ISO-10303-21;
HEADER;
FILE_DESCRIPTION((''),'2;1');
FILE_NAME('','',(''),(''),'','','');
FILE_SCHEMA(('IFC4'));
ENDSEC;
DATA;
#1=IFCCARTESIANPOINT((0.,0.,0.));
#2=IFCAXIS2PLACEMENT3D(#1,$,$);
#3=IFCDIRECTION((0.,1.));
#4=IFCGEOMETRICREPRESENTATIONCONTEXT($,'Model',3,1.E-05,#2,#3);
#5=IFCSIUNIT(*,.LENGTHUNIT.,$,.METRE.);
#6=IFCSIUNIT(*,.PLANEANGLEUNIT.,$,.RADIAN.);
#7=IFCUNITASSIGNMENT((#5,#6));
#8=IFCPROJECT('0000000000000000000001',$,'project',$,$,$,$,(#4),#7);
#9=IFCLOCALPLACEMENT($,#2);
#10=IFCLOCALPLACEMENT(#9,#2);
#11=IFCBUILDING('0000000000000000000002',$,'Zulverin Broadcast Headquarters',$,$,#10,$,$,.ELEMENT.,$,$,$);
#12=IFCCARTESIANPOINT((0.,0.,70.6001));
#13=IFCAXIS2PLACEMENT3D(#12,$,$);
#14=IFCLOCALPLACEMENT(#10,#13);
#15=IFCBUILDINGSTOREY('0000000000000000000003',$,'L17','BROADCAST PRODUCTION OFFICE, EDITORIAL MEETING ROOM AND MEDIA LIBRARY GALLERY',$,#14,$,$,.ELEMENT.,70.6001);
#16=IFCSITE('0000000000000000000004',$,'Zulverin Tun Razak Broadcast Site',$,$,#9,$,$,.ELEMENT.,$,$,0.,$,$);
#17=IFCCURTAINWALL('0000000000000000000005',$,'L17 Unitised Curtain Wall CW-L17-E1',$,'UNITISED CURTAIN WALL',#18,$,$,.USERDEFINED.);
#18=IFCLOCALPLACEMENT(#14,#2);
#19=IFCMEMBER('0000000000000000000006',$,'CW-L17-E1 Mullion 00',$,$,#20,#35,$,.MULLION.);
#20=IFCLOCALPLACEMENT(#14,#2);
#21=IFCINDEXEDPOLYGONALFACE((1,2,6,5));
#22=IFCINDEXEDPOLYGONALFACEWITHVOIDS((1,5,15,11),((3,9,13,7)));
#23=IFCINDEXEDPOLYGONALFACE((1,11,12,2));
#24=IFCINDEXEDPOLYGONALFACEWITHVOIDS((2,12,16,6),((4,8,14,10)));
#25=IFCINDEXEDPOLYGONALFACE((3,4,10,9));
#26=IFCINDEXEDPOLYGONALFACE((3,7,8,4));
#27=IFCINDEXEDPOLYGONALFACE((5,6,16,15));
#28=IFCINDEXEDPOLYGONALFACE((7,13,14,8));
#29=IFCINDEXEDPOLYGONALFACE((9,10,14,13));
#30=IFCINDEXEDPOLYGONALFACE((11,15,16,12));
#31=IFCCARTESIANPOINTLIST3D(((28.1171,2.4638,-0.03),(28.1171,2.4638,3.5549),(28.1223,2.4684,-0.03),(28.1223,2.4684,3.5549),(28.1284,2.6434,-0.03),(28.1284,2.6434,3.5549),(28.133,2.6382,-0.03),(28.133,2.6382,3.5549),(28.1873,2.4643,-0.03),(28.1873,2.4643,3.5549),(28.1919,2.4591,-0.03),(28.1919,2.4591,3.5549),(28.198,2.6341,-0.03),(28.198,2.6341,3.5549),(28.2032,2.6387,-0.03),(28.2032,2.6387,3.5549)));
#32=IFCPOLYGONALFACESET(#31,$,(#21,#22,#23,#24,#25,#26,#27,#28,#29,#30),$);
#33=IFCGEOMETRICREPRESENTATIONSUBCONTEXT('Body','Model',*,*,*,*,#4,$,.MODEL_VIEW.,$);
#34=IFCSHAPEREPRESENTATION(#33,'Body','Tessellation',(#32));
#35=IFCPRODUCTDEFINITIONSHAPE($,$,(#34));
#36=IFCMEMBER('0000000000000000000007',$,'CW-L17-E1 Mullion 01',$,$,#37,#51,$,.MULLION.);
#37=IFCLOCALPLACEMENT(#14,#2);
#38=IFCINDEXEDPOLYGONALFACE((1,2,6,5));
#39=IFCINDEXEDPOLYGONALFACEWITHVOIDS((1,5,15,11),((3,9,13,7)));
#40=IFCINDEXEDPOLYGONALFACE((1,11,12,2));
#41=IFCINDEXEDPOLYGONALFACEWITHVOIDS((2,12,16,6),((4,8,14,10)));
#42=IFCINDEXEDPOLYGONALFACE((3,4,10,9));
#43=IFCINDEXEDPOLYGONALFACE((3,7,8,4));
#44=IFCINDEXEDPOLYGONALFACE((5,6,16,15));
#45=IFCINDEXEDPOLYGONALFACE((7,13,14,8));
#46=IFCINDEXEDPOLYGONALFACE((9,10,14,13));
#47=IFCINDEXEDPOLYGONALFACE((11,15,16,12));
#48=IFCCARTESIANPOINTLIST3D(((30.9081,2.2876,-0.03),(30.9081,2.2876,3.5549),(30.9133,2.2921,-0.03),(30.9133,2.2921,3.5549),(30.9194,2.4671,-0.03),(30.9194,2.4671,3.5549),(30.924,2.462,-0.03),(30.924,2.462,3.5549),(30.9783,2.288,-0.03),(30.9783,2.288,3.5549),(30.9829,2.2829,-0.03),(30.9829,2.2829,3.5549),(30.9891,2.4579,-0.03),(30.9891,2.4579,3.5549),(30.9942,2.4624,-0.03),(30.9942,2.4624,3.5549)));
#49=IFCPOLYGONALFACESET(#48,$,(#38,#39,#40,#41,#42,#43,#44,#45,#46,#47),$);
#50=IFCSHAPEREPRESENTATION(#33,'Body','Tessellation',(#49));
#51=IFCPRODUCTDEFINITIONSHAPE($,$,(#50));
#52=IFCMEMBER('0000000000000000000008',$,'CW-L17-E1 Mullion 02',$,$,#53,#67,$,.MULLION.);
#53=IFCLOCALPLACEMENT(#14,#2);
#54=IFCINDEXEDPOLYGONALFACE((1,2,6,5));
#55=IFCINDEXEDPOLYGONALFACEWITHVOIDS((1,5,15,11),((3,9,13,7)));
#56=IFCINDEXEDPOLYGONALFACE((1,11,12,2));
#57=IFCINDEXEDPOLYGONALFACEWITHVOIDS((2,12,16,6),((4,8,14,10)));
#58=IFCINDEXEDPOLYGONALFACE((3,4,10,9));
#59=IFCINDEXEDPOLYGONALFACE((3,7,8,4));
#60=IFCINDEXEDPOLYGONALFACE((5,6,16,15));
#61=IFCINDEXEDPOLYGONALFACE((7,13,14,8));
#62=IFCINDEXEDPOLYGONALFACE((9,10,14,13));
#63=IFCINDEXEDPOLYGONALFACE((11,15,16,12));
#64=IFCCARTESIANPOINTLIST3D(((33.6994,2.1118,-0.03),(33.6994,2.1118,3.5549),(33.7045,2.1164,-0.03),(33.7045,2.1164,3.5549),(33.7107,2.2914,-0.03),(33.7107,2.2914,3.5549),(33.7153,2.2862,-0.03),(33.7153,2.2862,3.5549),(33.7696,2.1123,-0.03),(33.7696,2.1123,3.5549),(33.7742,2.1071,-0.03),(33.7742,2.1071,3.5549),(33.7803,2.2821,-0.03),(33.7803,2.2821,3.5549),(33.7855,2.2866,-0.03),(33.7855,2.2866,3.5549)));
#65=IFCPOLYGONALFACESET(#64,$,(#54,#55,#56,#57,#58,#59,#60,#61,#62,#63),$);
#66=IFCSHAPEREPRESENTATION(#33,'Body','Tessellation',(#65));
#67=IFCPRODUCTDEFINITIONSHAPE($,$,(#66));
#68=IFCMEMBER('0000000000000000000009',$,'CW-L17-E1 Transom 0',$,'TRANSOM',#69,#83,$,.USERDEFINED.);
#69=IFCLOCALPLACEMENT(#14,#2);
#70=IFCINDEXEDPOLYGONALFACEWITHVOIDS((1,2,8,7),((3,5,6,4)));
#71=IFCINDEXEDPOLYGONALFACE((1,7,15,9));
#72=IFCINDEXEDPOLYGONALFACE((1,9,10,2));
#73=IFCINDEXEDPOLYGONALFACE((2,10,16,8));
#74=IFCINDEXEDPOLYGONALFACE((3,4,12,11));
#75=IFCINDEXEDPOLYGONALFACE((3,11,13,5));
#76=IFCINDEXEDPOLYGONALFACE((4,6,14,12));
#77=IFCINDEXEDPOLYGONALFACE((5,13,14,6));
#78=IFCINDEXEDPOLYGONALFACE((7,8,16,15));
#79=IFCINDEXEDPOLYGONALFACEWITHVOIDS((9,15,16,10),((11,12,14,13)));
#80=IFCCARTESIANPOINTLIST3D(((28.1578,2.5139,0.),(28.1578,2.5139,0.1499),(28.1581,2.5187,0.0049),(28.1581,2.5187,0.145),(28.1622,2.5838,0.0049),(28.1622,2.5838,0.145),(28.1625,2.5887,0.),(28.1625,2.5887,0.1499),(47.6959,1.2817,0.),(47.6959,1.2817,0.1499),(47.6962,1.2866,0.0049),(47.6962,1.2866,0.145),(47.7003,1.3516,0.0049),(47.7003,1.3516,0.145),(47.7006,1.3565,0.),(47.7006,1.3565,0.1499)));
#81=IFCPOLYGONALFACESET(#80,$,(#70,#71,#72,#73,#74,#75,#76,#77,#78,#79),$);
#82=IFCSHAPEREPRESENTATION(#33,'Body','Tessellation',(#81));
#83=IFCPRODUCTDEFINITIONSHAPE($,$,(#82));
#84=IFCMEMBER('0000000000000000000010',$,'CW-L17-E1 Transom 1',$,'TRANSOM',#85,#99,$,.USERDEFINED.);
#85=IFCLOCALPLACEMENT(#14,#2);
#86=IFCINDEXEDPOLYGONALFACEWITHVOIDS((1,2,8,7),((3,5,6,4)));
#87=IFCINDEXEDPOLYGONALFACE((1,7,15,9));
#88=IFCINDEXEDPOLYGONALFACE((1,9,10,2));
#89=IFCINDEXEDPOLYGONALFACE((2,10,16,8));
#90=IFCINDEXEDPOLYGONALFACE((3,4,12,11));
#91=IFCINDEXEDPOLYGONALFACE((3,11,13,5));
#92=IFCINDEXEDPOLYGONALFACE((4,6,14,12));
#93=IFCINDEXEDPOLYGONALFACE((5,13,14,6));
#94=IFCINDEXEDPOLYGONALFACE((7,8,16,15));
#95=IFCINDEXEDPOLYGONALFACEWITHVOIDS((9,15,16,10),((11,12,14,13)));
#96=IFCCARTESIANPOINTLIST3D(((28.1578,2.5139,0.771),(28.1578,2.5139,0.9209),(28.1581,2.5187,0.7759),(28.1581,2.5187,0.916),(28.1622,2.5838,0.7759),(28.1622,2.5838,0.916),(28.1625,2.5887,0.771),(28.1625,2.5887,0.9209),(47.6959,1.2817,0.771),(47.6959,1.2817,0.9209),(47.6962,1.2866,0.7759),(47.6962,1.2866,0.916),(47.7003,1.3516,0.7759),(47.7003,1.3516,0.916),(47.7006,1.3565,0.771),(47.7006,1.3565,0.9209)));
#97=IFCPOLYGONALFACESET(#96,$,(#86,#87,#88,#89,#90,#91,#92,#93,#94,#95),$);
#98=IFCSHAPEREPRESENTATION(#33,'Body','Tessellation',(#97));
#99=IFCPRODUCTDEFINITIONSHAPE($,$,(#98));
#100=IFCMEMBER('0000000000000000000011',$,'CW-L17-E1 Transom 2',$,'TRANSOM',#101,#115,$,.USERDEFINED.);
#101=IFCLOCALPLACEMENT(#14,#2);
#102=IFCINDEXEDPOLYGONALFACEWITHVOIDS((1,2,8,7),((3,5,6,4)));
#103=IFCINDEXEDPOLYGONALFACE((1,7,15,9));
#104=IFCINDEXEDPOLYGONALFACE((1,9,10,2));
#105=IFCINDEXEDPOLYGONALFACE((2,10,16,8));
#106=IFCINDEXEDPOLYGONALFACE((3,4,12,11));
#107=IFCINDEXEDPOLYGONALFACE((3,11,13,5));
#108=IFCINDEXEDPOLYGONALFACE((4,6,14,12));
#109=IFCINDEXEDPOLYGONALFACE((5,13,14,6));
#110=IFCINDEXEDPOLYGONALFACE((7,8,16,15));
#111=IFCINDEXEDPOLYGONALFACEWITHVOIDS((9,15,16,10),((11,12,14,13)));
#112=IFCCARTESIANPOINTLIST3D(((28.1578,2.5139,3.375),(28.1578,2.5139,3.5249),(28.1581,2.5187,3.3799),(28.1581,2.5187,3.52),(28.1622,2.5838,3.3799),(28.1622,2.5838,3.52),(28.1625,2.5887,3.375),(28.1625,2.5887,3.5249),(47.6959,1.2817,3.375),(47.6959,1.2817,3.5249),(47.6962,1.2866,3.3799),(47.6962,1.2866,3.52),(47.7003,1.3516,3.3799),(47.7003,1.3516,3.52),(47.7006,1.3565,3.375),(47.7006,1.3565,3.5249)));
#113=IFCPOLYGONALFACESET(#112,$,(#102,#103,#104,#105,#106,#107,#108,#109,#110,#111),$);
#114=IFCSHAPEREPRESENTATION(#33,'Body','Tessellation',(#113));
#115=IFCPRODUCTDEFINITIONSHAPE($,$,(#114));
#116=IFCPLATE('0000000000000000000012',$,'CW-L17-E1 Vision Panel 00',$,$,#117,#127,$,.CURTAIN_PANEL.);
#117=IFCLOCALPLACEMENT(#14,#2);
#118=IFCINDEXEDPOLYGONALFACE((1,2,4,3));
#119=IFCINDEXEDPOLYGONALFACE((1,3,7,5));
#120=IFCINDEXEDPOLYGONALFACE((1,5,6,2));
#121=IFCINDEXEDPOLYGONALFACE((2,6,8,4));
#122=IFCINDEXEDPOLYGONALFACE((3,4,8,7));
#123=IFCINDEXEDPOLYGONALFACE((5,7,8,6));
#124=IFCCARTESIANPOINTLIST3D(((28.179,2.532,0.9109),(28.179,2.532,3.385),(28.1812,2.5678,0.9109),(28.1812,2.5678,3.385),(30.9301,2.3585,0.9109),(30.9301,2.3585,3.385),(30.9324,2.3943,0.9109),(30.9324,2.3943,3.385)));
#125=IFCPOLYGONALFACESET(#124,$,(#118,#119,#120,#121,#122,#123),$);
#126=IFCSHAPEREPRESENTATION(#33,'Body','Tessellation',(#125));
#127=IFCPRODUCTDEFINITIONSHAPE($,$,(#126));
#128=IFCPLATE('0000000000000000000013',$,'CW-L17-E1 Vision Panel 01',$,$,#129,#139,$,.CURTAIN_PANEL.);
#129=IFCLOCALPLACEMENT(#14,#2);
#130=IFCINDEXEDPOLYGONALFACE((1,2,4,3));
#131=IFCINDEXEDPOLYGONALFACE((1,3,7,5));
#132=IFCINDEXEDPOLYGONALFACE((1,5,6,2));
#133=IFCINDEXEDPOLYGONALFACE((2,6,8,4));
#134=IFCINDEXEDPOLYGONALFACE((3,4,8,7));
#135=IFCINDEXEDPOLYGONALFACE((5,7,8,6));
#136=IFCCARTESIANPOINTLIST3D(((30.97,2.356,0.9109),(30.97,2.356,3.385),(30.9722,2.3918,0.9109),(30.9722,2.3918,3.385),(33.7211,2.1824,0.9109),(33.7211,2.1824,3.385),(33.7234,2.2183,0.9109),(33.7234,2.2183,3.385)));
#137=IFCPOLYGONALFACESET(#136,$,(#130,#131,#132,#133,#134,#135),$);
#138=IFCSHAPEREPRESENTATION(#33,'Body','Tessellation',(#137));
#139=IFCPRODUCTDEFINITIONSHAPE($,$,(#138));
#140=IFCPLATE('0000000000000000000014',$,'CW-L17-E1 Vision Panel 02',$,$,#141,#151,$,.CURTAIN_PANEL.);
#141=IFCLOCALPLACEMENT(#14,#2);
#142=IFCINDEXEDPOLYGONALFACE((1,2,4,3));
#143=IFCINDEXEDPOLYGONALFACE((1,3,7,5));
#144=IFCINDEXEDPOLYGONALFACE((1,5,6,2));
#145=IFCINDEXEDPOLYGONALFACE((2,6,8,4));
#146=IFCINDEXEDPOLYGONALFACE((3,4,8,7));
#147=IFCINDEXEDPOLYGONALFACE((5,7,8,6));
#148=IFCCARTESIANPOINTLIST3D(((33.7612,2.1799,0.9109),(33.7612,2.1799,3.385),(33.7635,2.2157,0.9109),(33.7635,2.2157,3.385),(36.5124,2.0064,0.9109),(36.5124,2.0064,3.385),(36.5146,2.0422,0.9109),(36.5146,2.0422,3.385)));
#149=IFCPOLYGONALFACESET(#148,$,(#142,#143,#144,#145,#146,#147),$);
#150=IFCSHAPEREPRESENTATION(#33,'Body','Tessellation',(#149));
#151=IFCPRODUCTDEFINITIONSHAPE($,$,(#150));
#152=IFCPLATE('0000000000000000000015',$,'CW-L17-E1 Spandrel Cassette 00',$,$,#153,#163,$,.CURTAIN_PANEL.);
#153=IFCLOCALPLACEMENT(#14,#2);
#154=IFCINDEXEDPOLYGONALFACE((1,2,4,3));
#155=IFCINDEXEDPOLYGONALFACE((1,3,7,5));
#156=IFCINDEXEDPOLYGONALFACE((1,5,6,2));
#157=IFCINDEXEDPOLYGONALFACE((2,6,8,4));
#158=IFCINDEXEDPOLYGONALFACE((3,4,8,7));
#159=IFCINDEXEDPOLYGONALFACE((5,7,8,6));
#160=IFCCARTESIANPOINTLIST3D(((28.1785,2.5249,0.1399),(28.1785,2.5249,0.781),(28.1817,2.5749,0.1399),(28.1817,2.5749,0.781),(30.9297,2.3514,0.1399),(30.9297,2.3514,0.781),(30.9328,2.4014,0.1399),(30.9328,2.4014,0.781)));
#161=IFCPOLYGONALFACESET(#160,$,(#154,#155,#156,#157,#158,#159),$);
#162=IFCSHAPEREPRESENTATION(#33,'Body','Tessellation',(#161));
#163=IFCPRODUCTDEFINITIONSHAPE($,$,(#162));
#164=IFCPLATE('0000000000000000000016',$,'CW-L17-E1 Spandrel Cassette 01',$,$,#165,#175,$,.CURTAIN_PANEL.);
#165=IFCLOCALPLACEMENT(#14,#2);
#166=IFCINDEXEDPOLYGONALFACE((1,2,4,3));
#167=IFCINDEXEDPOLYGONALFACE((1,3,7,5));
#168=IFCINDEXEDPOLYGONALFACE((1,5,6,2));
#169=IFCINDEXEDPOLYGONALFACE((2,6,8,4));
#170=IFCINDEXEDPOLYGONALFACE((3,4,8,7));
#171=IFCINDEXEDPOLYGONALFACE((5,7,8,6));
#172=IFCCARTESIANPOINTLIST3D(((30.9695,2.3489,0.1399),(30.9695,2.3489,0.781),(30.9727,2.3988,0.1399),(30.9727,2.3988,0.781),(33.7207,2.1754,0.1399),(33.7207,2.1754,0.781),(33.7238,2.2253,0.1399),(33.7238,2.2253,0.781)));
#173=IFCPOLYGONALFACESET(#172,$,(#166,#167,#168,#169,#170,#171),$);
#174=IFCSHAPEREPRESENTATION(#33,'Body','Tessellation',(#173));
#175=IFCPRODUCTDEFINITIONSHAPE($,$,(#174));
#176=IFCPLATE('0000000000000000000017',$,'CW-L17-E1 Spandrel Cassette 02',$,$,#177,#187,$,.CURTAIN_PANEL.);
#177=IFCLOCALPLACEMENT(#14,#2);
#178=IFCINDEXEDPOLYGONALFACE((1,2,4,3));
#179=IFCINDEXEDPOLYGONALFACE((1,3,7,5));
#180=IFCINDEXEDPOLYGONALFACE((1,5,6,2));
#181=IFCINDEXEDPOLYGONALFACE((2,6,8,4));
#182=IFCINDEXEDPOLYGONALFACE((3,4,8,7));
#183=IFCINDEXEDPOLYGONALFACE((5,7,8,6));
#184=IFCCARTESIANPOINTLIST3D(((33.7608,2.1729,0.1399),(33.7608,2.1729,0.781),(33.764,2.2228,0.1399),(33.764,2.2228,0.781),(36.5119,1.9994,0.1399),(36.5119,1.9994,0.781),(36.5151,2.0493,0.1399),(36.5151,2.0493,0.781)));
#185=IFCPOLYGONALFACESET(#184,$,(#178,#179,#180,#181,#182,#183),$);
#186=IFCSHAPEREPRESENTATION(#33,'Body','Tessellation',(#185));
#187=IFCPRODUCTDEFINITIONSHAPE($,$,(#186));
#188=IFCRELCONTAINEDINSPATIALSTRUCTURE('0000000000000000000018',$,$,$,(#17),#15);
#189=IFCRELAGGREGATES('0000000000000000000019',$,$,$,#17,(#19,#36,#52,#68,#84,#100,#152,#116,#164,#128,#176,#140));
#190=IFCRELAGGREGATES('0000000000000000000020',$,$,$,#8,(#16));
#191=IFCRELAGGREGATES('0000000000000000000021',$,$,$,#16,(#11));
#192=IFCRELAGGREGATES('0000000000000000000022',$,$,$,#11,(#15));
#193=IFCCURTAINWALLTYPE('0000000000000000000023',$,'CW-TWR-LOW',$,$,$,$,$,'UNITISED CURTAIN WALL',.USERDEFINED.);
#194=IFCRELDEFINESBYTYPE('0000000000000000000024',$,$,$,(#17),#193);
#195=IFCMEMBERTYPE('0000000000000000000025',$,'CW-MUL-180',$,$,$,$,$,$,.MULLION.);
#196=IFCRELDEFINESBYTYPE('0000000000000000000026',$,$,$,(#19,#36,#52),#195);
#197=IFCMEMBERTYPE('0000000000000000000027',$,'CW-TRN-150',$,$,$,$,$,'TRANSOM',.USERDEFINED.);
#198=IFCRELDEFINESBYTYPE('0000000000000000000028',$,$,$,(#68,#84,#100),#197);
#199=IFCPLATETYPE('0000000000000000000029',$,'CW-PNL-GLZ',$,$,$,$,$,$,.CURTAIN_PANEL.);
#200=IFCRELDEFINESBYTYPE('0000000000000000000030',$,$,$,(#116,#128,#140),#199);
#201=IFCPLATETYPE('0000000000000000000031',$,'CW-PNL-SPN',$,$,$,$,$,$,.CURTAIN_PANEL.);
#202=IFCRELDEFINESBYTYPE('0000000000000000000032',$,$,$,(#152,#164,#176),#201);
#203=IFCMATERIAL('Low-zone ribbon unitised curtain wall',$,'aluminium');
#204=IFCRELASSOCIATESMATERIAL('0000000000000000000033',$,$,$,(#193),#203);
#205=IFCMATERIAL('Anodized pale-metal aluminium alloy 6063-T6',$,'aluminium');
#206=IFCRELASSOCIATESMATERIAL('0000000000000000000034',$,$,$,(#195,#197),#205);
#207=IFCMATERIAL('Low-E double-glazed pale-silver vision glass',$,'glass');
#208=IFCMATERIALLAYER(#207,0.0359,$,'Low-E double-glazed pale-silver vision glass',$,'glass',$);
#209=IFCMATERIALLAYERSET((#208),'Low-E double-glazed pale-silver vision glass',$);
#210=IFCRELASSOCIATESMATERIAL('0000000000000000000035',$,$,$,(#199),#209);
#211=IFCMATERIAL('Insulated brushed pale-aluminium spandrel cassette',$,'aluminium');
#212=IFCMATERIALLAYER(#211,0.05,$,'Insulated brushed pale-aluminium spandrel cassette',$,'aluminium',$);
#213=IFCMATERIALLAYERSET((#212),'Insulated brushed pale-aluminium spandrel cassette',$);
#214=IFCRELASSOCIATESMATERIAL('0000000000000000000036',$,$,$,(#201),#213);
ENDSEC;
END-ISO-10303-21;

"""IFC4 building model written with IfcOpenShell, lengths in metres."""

from ifc_helpers import new_model, si_unit, direction, frame, origin, origin_2d, place, context, subcontext, project, spatial, rectangle, hollow_rectangle, extrude, material, layer, layer_set, material_profile, profile_set, type_object, element, aggregate, save


model = new_model("IFC4")

# Units and contexts
model_context = context("Model", 3, precision=1e-05, world=origin(), true_north=direction((0.0, 1.0)))
body_context = subcontext(model_context, "Body", "Model", "MODEL_VIEW")
ifc_project = project(units=[si_unit("LENGTHUNIT", "METRE"), si_unit("PLANEANGLEUNIT", "RADIAN")], contexts=[model_context])

# Site, building, storey
site_placement = place(None, origin())
site = spatial("IfcSite", under=ifc_project, at=site_placement, Name="Zulverin Tun Razak Broadcast Site", CompositionType="ELEMENT", RefElevation=0.0)
building_placement = place(site_placement, origin())
building = spatial("IfcBuilding", under=site, at=building_placement, Name="Zulverin Broadcast Headquarters", CompositionType="ELEMENT")
storey_placement = place(building_placement, frame((0.0, 0.0, 70.6001)))
storey = spatial("IfcBuildingStorey", under=building, at=storey_placement, Name="L17", Description="BROADCAST PRODUCTION OFFICE, EDITORIAL MEETING ROOM AND MEDIA LIBRARY GALLERY", CompositionType="ELEMENT", Elevation=70.6001)

# Curtain wall, members, plates
ifc_material_1 = material(Name="Low-zone ribbon unitised curtain wall", Category="aluminium")
curtain_wall_type = type_object("IfcCurtainWallType", Name="CW-TWR-LOW", ElementType="UNITISED CURTAIN WALL", PredefinedType="USERDEFINED", material=ifc_material_1)
curtain_wall_placement = place(storey_placement, origin())
curtain_wall = element("IfcCurtainWall", 1, at=curtain_wall_placement, inside=storey, type_object=curtain_wall_type, Name="L17 Unitised Curtain Wall CW-L17-E1", ObjectType="UNITISED CURTAIN WALL", PredefinedType="USERDEFINED")
ifc_material_2 = material(Name="Anodized pale-metal aluminium alloy 6063-T6", Category="aluminium")
ifc_material_profile_1 = material_profile(ifc_material_2, hollow_rectangle(XDim=0.075, YDim=0.1799, WallThickness=0.0049, at=origin_2d()), Name="Anodized pale-metal aluminium alloy 6063-T6", Category="aluminium")
ifc_profile_set_1 = profile_set([ifc_material_profile_1], Name="Anodized pale-metal aluminium alloy 6063-T6")
member_type_1 = type_object("IfcMemberType", Name="CW-MUL-180", PredefinedType="MULLION", material=ifc_profile_set_1)
member_1_placement = place(storey_placement, frame((28.1602, 2.5513, -0.03), z_axis=(0.0, 0.0, 1.0), x_axis=(0.998017, -0.062942, 0.0)))
member_1 = element("IfcMember", 2, at=member_1_placement, type_object=member_type_1, Name="CW-L17-E1 Mullion 00", PredefinedType="MULLION", context=body_context, shape_type="SweptSolid", body=[
    extrude(hollow_rectangle(XDim=0.075, YDim=0.1799, WallThickness=0.0049, at=origin_2d()), origin(), (0.0, 0.0, 1.0), 3.585),
])
member_2_placement = place(storey_placement, frame((30.9512, 2.375, -0.03), z_axis=(0.0, 0.0, 1.0), x_axis=(0.998017, -0.062942, 0.0)))
member_2 = element("IfcMember", 3, at=member_2_placement, type_object=member_type_1, Name="CW-L17-E1 Mullion 01", PredefinedType="MULLION", context=body_context, shape_type="SweptSolid", body=[
    extrude(hollow_rectangle(XDim=0.075, YDim=0.1799, WallThickness=0.0049, at=origin_2d()), origin(), (0.0, 0.0, 1.0), 3.585),
])
member_3_placement = place(storey_placement, frame((33.7424, 2.1992, -0.03), z_axis=(0.0, 0.0, 1.0), x_axis=(0.998017, -0.062942, 0.0)))
member_3 = element("IfcMember", 4, at=member_3_placement, type_object=member_type_1, Name="CW-L17-E1 Mullion 02", PredefinedType="MULLION", context=body_context, shape_type="SweptSolid", body=[
    extrude(hollow_rectangle(XDim=0.075, YDim=0.1799, WallThickness=0.0049, at=origin_2d()), origin(), (0.0, 0.0, 1.0), 3.585),
])
ifc_material_profile_2 = material_profile(ifc_material_2, hollow_rectangle(XDim=0.075, YDim=0.1499, WallThickness=0.0049, at=origin_2d()), Name="Anodized pale-metal aluminium alloy 6063-T6", Category="aluminium")
ifc_profile_set_2 = profile_set([ifc_material_profile_2], Name="Anodized pale-metal aluminium alloy 6063-T6")
member_type_2 = type_object("IfcMemberType", Name="CW-TRN-150", ElementType="TRANSOM", PredefinedType="USERDEFINED", material=ifc_profile_set_2)
member_4_placement = place(storey_placement, frame((28.1602, 2.5513, 0.075), z_axis=(0.998017, -0.06294, 0.0), x_axis=(0.06294, 0.998017, 0.0)))
member_4 = element("IfcMember", 5, at=member_4_placement, type_object=member_type_2, Name="CW-L17-E1 Transom 0", ObjectType="TRANSOM", PredefinedType="USERDEFINED", context=body_context, shape_type="SweptSolid", body=[
    extrude(hollow_rectangle(XDim=0.075, YDim=0.1499, WallThickness=0.0049, at=origin_2d()), origin(), (0.0, 0.0, 1.0), 19.5769),
])
member_5_placement = place(storey_placement, frame((28.1602, 2.5513, 0.8459), z_axis=(0.998017, -0.06294, 0.0), x_axis=(0.06294, 0.998017, 0.0)))
member_5 = element("IfcMember", 6, at=member_5_placement, type_object=member_type_2, Name="CW-L17-E1 Transom 1", ObjectType="TRANSOM", PredefinedType="USERDEFINED", context=body_context, shape_type="SweptSolid", body=[
    extrude(hollow_rectangle(XDim=0.075, YDim=0.1499, WallThickness=0.0049, at=origin_2d()), origin(), (0.0, 0.0, 1.0), 19.5769),
])
member_6_placement = place(storey_placement, frame((28.1602, 2.5513, 3.45), z_axis=(0.998017, -0.06294, 0.0), x_axis=(0.06294, 0.998017, 0.0)))
member_6 = element("IfcMember", 7, at=member_6_placement, type_object=member_type_2, Name="CW-L17-E1 Transom 2", ObjectType="TRANSOM", PredefinedType="USERDEFINED", context=body_context, shape_type="SweptSolid", body=[
    extrude(hollow_rectangle(XDim=0.075, YDim=0.1499, WallThickness=0.0049, at=origin_2d()), origin(), (0.0, 0.0, 1.0), 19.5769),
])
ifc_material_3 = material(Name="Low-E double-glazed pale-silver vision glass", Category="glass")
ifc_layer_1 = layer(ifc_material_3, 0.0359, Name="Low-E double-glazed pale-silver vision glass", Category="glass")
ifc_layer_set_1 = layer_set([ifc_layer_1], Name="Low-E double-glazed pale-silver vision glass")
plate_type_1 = type_object("IfcPlateType", Name="CW-PNL-GLZ", PredefinedType="CURTAIN_PANEL", material=ifc_layer_set_1)
plate_1_placement = place(storey_placement, frame((29.5557, 2.4631, 0.9109), z_axis=(0.0, 0.0, 1.0), x_axis=(0.998017, -0.062942, 0.0)))
plate_1 = element("IfcPlate", 8, at=plate_1_placement, type_object=plate_type_1, Name="CW-L17-E1 Vision Panel 00", PredefinedType="CURTAIN_PANEL", context=body_context, shape_type="SweptSolid", body=[
    extrude(rectangle(XDim=2.7566, YDim=0.0359, at=origin_2d()), origin(), (0.0, 0.0, 1.0), 2.4741),
])
plate_2_placement = place(storey_placement, frame((32.3467, 2.2871, 0.9109), z_axis=(0.0, 0.0, 1.0), x_axis=(0.998017, -0.062942, 0.0)))
plate_2 = element("IfcPlate", 9, at=plate_2_placement, type_object=plate_type_1, Name="CW-L17-E1 Vision Panel 01", PredefinedType="CURTAIN_PANEL", context=body_context, shape_type="SweptSolid", body=[
    extrude(rectangle(XDim=2.7566, YDim=0.0359, at=origin_2d()), origin(), (0.0, 0.0, 1.0), 2.4741),
])
plate_3_placement = place(storey_placement, frame((35.1379, 2.1111, 0.9109), z_axis=(0.0, 0.0, 1.0), x_axis=(0.998017, -0.062942, 0.0)))
plate_3 = element("IfcPlate", 10, at=plate_3_placement, type_object=plate_type_1, Name="CW-L17-E1 Vision Panel 02", PredefinedType="CURTAIN_PANEL", context=body_context, shape_type="SweptSolid", body=[
    extrude(rectangle(XDim=2.7566, YDim=0.0359, at=origin_2d()), origin(), (0.0, 0.0, 1.0), 2.4741),
])
ifc_material_4 = material(Name="Insulated brushed pale-aluminium spandrel cassette", Category="aluminium")
ifc_layer_2 = layer(ifc_material_4, 0.05, Name="Insulated brushed pale-aluminium spandrel cassette", Category="aluminium")
ifc_layer_set_2 = layer_set([ifc_layer_2], Name="Insulated brushed pale-aluminium spandrel cassette")
plate_type_2 = type_object("IfcPlateType", Name="CW-PNL-SPN", PredefinedType="CURTAIN_PANEL", material=ifc_layer_set_2)
plate_4_placement = place(storey_placement, frame((29.5557, 2.4631, 0.1399), z_axis=(0.0, 0.0, 1.0), x_axis=(0.998017, -0.062942, 0.0)))
plate_4 = element("IfcPlate", 11, at=plate_4_placement, type_object=plate_type_2, Name="CW-L17-E1 Spandrel Cassette 00", PredefinedType="CURTAIN_PANEL", context=body_context, shape_type="SweptSolid", body=[
    extrude(rectangle(XDim=2.7566, YDim=0.05, at=origin_2d()), origin(), (0.0, 0.0, 1.0), 0.6411),
])
plate_5_placement = place(storey_placement, frame((32.3467, 2.2871, 0.1399), z_axis=(0.0, 0.0, 1.0), x_axis=(0.998017, -0.062942, 0.0)))
plate_5 = element("IfcPlate", 12, at=plate_5_placement, type_object=plate_type_2, Name="CW-L17-E1 Spandrel Cassette 01", PredefinedType="CURTAIN_PANEL", context=body_context, shape_type="SweptSolid", body=[
    extrude(rectangle(XDim=2.7566, YDim=0.05, at=origin_2d()), origin(), (0.0, 0.0, 1.0), 0.6411),
])
plate_6_placement = place(storey_placement, frame((35.1379, 2.1111, 0.1399), z_axis=(0.0, 0.0, 1.0), x_axis=(0.998017, -0.062942, 0.0)))
plate_6 = element("IfcPlate", 13, at=plate_6_placement, type_object=plate_type_2, Name="CW-L17-E1 Spandrel Cassette 02", PredefinedType="CURTAIN_PANEL", context=body_context, shape_type="SweptSolid", body=[
    extrude(rectangle(XDim=2.7566, YDim=0.05, at=origin_2d()), origin(), (0.0, 0.0, 1.0), 0.6411),
])
aggregate(curtain_wall, [member_1, member_2, member_3, member_4, member_5, member_6, plate_4, plate_1, plate_5, plate_2, plate_6, plate_3])

save(model, "model.ifc")
